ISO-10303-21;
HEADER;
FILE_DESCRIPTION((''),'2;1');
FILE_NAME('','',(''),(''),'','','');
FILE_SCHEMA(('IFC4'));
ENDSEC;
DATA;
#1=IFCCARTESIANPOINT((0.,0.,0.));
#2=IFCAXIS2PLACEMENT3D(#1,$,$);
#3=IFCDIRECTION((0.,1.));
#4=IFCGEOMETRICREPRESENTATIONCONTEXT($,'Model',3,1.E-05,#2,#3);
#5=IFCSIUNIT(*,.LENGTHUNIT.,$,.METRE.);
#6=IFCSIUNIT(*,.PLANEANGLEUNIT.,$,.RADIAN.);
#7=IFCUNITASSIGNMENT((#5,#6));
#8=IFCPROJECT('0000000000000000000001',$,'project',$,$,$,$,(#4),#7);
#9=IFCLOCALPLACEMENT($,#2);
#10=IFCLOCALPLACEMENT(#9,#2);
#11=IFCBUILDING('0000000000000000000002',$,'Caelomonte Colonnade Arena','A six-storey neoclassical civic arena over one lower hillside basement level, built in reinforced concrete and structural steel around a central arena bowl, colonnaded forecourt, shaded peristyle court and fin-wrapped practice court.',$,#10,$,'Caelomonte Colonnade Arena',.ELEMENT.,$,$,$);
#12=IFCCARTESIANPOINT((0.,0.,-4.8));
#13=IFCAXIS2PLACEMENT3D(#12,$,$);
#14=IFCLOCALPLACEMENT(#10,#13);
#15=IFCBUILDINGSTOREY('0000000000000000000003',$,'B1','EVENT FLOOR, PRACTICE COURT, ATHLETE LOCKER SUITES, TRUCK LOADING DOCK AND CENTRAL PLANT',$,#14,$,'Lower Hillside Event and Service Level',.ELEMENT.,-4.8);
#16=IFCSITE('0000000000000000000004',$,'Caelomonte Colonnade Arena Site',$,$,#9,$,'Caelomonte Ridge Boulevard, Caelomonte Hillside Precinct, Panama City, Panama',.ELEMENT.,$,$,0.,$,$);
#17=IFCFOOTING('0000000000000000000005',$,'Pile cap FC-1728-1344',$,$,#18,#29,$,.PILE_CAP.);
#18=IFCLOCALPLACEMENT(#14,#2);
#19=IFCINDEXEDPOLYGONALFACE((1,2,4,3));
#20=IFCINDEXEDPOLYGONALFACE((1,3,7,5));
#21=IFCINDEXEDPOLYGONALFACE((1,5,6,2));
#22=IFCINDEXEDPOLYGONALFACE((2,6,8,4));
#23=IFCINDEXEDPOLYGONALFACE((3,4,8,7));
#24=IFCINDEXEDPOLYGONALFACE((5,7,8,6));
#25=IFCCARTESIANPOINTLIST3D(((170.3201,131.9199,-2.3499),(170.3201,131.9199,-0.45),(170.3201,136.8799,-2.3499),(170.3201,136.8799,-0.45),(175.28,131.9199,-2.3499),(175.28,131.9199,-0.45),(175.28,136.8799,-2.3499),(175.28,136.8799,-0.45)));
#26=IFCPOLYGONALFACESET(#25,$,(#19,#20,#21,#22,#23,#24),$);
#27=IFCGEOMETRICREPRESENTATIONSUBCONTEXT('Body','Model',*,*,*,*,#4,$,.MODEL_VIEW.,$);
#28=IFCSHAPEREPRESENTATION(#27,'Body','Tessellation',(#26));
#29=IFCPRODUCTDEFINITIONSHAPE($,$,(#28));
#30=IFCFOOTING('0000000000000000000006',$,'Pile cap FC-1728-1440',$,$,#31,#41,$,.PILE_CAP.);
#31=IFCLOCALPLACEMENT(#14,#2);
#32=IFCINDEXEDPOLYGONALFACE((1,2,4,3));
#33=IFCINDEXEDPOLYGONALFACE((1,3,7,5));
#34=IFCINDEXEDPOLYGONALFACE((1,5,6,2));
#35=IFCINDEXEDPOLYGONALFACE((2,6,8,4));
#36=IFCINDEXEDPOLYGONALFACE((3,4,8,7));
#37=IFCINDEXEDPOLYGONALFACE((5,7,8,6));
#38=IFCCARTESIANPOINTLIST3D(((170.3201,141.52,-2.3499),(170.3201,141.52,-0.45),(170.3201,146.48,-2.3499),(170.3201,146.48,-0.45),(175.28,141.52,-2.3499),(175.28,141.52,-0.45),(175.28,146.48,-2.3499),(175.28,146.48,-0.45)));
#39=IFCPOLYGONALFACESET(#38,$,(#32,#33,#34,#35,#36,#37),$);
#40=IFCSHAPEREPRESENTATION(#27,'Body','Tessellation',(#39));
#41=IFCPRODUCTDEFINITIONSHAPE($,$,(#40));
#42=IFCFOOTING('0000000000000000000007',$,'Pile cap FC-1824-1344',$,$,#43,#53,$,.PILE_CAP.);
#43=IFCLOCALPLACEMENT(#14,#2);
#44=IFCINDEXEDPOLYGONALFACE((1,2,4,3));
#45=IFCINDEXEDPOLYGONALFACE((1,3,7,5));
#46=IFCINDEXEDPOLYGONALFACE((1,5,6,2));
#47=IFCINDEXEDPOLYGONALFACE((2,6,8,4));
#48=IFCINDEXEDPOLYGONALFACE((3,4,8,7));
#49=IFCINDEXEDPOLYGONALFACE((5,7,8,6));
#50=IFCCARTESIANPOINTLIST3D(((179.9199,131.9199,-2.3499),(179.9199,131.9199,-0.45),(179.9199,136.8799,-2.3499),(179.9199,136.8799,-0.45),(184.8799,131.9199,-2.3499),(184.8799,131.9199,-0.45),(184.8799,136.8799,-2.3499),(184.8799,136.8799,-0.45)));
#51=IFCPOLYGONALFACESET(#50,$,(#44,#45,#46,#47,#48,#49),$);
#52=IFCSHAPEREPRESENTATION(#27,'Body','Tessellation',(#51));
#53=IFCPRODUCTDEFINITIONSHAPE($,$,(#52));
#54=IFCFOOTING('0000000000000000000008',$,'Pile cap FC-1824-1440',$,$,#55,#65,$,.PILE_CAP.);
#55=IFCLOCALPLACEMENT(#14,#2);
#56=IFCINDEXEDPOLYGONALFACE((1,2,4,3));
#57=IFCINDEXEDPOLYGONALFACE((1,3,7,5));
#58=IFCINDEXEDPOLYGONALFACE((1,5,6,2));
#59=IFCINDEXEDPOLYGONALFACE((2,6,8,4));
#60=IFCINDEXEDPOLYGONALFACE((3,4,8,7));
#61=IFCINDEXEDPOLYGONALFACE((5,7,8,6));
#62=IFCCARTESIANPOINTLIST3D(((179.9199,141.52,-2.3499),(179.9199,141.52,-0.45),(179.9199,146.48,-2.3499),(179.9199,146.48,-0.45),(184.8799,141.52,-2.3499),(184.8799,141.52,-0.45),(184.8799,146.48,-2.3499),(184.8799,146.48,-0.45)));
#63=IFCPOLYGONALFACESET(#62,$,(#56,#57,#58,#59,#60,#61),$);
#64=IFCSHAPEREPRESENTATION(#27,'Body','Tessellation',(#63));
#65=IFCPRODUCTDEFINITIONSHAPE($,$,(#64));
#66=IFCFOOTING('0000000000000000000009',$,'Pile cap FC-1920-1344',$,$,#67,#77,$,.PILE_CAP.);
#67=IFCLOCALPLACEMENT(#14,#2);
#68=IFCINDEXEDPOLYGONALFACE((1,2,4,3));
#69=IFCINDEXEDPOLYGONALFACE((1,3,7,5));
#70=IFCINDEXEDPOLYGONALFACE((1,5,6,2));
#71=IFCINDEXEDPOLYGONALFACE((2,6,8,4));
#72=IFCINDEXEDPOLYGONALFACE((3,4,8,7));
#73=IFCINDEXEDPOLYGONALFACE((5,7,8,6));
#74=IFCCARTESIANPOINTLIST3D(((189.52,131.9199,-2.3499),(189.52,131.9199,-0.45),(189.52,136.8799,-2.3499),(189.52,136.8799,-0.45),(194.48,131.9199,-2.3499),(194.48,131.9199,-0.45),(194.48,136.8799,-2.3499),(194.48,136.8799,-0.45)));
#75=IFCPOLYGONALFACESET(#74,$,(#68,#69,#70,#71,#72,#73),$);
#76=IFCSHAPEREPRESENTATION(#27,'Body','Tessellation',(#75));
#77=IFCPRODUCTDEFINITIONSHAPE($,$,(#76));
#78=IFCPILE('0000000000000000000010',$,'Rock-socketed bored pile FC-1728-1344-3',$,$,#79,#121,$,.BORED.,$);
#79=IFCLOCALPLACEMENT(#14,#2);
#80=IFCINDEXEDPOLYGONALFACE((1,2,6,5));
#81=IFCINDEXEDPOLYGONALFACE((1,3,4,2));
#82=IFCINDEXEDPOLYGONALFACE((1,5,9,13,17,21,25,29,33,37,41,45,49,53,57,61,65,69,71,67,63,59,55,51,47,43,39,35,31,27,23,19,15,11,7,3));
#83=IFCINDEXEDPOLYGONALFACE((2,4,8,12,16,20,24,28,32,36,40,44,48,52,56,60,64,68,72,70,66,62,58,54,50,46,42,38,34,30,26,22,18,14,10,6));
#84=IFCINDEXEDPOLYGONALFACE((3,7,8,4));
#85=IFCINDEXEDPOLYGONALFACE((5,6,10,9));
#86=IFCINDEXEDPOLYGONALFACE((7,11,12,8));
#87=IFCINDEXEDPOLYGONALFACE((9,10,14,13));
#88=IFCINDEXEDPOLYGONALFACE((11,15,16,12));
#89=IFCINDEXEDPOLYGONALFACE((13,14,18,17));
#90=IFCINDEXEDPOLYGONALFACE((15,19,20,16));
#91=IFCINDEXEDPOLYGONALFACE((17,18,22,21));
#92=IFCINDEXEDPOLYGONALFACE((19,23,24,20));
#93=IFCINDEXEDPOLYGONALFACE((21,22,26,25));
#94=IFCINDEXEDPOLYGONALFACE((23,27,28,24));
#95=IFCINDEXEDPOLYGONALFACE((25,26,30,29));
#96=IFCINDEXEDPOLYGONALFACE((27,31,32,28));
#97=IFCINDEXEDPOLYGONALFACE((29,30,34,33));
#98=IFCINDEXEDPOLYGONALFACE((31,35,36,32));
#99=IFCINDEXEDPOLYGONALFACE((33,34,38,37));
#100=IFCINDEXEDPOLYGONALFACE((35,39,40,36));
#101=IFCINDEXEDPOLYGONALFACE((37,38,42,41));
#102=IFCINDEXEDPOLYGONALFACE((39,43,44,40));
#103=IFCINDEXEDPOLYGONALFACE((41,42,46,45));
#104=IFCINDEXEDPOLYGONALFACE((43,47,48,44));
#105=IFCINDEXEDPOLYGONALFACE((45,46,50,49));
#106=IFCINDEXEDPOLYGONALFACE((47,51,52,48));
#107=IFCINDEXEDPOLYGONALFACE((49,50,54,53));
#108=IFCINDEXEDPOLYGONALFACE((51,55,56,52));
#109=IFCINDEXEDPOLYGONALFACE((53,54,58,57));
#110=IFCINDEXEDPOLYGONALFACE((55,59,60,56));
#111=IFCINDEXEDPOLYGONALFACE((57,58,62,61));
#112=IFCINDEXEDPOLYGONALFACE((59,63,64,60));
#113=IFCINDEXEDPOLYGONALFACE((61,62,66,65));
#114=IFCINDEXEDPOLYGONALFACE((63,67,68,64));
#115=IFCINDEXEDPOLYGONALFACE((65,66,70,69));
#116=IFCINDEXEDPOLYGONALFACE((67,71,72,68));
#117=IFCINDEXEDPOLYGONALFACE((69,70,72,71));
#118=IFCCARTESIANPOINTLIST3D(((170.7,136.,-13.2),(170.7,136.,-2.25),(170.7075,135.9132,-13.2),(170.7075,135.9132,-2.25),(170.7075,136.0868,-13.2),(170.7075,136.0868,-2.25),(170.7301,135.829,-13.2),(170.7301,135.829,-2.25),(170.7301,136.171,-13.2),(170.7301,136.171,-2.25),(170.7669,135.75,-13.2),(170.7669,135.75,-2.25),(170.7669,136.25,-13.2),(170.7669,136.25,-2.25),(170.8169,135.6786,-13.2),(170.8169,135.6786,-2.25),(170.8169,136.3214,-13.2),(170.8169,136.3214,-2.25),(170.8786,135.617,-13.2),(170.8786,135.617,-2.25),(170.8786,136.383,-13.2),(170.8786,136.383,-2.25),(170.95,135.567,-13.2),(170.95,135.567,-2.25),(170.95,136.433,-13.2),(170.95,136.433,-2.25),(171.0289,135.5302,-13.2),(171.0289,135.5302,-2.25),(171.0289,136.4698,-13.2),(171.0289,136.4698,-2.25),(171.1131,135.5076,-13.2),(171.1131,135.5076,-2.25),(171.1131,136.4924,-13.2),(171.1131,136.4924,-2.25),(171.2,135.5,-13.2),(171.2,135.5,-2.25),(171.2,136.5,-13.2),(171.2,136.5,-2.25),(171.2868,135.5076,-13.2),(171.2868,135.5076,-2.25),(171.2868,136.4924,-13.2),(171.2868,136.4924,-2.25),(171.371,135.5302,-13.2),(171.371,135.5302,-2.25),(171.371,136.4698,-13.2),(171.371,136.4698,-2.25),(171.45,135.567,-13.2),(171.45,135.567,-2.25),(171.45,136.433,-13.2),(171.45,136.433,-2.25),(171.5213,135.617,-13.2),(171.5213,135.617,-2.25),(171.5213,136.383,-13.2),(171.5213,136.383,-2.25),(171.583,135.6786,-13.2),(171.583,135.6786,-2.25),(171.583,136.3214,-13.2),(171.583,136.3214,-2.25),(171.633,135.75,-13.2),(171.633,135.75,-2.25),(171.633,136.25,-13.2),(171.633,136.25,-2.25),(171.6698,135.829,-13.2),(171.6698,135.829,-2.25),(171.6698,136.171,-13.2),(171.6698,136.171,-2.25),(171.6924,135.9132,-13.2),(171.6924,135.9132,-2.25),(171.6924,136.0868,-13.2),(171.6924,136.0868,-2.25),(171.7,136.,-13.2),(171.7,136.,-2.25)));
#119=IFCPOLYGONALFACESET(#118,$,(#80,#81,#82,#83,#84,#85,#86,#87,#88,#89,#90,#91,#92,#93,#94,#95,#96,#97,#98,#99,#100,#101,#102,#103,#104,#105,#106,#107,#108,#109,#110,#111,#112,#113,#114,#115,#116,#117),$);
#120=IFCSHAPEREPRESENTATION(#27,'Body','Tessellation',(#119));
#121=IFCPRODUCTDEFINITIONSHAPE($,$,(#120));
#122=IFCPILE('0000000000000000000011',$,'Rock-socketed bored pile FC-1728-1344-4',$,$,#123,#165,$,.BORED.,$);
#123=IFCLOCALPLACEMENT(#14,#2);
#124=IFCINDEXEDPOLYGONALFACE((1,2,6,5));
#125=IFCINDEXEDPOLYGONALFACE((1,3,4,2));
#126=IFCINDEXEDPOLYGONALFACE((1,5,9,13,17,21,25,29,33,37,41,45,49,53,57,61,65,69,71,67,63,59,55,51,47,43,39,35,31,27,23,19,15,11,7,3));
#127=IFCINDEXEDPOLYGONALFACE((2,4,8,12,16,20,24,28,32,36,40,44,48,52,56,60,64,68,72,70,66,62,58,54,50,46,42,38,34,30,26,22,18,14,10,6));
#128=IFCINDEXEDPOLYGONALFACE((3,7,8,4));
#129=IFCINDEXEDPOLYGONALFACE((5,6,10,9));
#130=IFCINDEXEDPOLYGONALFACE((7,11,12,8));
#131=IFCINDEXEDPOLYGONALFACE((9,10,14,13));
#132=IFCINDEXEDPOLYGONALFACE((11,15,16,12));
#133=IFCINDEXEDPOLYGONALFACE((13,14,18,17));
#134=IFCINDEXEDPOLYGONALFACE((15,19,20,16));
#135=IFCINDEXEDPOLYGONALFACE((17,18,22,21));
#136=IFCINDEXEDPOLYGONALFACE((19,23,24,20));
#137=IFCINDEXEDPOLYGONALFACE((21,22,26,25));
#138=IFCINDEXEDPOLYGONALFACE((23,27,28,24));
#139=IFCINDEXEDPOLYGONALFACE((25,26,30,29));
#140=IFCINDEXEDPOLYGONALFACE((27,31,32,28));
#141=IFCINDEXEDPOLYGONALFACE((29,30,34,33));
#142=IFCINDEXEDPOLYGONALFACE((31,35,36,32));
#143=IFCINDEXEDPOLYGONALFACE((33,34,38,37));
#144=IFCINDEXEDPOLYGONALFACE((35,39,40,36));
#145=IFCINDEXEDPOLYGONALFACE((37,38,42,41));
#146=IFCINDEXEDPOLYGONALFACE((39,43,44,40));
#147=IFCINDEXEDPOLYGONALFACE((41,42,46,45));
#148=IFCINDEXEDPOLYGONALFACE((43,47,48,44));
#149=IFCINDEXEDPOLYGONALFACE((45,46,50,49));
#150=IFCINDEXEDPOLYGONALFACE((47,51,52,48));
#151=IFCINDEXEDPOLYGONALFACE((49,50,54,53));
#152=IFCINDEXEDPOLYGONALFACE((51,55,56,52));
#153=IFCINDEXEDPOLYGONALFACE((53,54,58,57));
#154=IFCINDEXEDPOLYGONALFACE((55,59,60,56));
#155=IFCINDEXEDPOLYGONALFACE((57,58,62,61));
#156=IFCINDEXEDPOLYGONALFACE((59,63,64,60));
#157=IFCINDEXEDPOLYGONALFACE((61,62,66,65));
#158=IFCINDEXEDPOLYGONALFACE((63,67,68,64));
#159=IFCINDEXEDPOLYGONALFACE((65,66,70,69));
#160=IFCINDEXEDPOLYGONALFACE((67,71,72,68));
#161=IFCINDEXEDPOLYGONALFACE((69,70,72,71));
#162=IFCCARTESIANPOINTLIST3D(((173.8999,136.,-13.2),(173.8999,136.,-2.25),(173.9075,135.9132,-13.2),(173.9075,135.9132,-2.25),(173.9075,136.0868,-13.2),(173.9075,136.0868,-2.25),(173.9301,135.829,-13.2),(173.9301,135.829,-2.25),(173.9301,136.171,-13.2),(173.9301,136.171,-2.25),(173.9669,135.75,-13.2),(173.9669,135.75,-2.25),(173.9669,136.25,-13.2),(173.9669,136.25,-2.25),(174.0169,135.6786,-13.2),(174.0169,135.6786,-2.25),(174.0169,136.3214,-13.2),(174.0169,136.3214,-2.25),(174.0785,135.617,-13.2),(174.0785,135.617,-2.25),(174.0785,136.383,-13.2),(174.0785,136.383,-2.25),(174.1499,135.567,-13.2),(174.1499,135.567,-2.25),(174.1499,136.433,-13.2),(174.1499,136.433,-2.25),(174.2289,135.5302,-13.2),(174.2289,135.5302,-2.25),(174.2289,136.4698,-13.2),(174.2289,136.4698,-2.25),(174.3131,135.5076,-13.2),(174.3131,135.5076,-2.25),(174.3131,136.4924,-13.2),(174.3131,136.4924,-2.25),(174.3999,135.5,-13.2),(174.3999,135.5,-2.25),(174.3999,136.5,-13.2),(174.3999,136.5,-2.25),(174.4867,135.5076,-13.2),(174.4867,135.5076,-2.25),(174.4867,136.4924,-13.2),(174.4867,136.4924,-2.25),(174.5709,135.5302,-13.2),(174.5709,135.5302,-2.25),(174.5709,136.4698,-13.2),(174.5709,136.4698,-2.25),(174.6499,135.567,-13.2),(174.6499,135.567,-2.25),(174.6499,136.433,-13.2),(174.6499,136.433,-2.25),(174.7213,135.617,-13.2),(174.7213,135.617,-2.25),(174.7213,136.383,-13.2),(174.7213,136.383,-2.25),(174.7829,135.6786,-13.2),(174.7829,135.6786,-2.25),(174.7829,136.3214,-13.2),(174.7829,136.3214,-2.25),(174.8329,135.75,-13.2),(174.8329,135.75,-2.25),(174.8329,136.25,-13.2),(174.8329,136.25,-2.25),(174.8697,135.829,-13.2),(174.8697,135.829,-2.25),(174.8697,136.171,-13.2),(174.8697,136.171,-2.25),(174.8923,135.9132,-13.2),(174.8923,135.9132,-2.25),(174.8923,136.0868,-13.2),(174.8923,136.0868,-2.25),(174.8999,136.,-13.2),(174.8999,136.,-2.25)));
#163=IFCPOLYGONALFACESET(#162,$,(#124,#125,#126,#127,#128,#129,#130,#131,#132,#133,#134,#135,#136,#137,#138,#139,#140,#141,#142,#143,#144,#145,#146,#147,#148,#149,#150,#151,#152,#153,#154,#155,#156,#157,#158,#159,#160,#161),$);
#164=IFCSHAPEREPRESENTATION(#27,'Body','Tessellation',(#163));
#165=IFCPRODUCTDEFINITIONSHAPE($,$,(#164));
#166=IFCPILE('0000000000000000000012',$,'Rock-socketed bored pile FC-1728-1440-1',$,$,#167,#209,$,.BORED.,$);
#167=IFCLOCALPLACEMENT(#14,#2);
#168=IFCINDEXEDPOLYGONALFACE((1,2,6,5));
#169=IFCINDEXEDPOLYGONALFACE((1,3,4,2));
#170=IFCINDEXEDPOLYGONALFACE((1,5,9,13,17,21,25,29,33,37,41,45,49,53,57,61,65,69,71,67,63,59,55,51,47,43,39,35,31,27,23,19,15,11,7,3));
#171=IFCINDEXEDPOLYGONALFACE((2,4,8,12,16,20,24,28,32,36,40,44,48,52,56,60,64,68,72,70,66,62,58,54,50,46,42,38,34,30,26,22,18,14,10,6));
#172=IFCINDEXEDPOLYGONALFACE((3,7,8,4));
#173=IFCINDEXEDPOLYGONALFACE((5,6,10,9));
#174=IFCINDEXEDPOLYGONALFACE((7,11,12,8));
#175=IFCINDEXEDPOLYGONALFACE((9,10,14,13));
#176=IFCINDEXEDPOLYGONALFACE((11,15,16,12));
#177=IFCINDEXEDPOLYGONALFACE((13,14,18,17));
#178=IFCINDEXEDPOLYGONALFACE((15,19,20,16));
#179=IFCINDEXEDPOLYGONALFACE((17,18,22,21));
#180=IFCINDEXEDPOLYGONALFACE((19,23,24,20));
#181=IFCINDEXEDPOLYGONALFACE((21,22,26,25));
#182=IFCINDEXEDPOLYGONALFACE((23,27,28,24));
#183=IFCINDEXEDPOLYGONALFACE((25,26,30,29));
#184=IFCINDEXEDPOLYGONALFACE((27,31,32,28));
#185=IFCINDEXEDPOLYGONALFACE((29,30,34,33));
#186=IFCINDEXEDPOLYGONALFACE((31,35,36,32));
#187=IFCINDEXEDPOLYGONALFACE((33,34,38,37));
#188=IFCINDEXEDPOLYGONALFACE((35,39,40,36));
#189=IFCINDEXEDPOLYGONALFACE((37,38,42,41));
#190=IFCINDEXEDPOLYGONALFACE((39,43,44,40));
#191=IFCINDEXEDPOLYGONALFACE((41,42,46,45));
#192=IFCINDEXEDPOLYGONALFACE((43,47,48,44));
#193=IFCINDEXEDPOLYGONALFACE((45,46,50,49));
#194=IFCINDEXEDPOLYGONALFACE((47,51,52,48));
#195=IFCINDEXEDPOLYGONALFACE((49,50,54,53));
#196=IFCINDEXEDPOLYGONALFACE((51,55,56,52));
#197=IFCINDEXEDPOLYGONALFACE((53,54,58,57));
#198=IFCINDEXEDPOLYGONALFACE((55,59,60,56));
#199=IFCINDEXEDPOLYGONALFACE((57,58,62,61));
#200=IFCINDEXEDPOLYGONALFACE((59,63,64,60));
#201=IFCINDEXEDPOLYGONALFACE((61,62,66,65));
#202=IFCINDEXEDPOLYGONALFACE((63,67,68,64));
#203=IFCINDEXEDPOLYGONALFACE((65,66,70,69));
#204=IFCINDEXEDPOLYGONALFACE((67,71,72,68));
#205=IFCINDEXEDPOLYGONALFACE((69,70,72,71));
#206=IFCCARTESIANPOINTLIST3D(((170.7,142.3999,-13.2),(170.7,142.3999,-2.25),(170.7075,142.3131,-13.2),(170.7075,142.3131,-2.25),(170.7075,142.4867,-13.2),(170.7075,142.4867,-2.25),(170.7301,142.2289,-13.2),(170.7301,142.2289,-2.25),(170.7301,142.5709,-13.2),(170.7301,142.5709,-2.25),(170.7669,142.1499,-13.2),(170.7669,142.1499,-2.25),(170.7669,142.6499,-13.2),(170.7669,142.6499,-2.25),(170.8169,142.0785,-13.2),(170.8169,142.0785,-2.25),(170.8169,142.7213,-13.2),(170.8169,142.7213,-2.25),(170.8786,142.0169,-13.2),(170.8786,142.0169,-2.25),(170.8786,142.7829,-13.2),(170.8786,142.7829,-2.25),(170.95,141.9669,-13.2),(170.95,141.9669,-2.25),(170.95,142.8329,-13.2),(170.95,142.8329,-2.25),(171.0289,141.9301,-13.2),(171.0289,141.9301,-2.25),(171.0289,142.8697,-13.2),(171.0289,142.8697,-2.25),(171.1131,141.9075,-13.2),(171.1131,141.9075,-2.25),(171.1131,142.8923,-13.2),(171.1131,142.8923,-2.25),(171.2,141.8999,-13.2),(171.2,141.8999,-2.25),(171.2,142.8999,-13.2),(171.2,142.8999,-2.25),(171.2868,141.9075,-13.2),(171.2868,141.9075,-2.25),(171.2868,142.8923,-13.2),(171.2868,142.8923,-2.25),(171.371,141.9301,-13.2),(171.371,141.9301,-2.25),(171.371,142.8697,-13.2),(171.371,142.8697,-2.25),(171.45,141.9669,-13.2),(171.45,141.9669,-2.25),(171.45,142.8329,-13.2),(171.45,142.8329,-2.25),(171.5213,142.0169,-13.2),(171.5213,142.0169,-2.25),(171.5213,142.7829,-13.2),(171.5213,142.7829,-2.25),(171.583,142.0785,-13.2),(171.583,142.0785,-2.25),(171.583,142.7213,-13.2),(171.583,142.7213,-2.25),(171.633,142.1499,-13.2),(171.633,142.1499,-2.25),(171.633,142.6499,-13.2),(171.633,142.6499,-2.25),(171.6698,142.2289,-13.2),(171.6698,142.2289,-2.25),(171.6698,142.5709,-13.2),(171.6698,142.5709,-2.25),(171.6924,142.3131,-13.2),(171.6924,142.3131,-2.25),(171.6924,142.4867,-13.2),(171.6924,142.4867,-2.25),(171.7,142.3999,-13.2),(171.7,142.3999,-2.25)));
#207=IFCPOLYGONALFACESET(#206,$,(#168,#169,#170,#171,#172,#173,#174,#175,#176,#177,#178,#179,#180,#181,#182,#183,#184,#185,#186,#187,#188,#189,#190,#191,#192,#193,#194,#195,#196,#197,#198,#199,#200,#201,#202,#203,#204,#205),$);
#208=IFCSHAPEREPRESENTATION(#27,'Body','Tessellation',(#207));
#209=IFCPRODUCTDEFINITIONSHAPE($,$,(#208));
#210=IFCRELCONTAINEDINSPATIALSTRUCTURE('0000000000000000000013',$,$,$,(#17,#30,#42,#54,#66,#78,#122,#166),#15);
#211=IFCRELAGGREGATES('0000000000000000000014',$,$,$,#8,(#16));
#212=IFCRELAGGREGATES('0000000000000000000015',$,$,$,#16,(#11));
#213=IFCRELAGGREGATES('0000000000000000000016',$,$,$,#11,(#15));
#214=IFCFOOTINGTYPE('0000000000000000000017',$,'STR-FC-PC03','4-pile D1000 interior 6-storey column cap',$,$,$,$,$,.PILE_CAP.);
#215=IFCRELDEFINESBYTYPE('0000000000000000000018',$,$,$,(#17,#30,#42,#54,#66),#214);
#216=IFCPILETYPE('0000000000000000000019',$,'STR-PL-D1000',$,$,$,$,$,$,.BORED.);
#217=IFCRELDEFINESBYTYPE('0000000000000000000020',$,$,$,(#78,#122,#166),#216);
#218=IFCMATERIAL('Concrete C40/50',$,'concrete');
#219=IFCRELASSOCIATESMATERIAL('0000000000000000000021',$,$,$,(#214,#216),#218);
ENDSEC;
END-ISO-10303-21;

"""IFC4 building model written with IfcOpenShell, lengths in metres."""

from ifc_helpers import new_model, si_unit, direction, frame, origin, origin_2d, place, context, subcontext, project, spatial, rectangle, circle, extrude, material, material_profile, profile_set, type_object, element, save


model = new_model("IFC4")

# Units and contexts
model_context = context("Model", 3, precision=1e-05, world=origin(), true_north=direction((0.0, 1.0)))
body_context = subcontext(model_context, "Body", "Model", "MODEL_VIEW")
ifc_project = project(units=[si_unit("LENGTHUNIT", "METRE"), si_unit("PLANEANGLEUNIT", "RADIAN")], contexts=[model_context])

# Site, building, storey
site_placement = place(None, origin())
site = spatial("IfcSite", under=ifc_project, at=site_placement, Name="Caelomonte Colonnade Arena Site", LongName="Caelomonte Ridge Boulevard, Caelomonte Hillside Precinct, Panama City, Panama", CompositionType="ELEMENT", RefElevation=0.0)
building_placement = place(site_placement, origin())
building = spatial("IfcBuilding", under=site, at=building_placement, Name="Caelomonte Colonnade Arena", Description="A six-storey neoclassical civic arena over one lower hillside basement level, built in reinforced concrete and structural steel around a central arena bowl, colonnaded forecourt, shaded peristyle court and fin-wrapped practice court.", LongName="Caelomonte Colonnade Arena", CompositionType="ELEMENT")
storey_placement = place(building_placement, frame((0.0, 0.0, -4.8)))
storey = spatial("IfcBuildingStorey", under=building, at=storey_placement, Name="B1", Description="EVENT FLOOR, PRACTICE COURT, ATHLETE LOCKER SUITES, TRUCK LOADING DOCK AND CENTRAL PLANT", LongName="Lower Hillside Event and Service Level", CompositionType="ELEMENT", Elevation=-4.8)

# Footings
ifc_material_1 = material(Name="Concrete C40/50", Category="concrete")
footing_type = type_object("IfcFootingType", Name="STR-FC-PC03", Description="4-pile D1000 interior 6-storey column cap", PredefinedType="PILE_CAP", material=ifc_material_1)
for number, where, z_axis, x_axis, name in (
    (1, (172.8, 134.3999, -2.3499), (0.0, 0.0, 1.0), (1.0, 0.0, 0.0), "Pile cap FC-1728-1344"),
    (2, (172.8, 144.0, -2.3499), (0.0, 0.0, 1.0), (1.0, 0.0, 0.0), "Pile cap FC-1728-1440"),
    (3, (182.3999, 134.3999, -2.3499), (0.0, 0.0, 1.0), (1.0, 0.0, 0.0), "Pile cap FC-1824-1344"),
    (4, (182.3999, 144.0, -2.3499), (0.0, 0.0, 1.0), (1.0, 0.0, 0.0), "Pile cap FC-1824-1440"),
    (5, (192.0, 134.3999, -2.3499), (0.0, 0.0, 1.0), (1.0, 0.0, 0.0), "Pile cap FC-1920-1344"),
):
    element("IfcFooting", number, at=place(storey_placement, frame(where, z_axis=z_axis, x_axis=x_axis)), inside=storey, type_object=footing_type, Name=name, PredefinedType="PILE_CAP", context=body_context, shape_type="SweptSolid", body=[
        extrude(rectangle(XDim=4.96, YDim=4.96, at=origin_2d()), origin(), (0.0, 0.0, 1.0), 1.8999),
    ])

# Piles
ifc_material_profile_1 = material_profile(ifc_material_1, circle(Radius=0.5, at=origin_2d()), Name="PILE-D1000")
ifc_profile_set_1 = profile_set([ifc_material_profile_1], Name="Concrete C40/50")
pile_type = type_object("IfcPileType", Name="STR-PL-D1000", PredefinedType="BORED", material=ifc_profile_set_1)
for number, where, z_axis, x_axis, name in (
    (6, (171.2, 136.0, -2.25), (0.0, 0.0, -1.0), (1.0, 0.0, 0.0), "Rock-socketed bored pile FC-1728-1344-3"),
    (7, (174.3999, 136.0, -2.25), (0.0, 0.0, -1.0), (1.0, 0.0, 0.0), "Rock-socketed bored pile FC-1728-1344-4"),
    (8, (171.2, 142.3999, -2.25), (0.0, 0.0, -1.0), (1.0, 0.0, 0.0), "Rock-socketed bored pile FC-1728-1440-1"),
):
    element("IfcPile", number, at=place(storey_placement, frame(where, z_axis=z_axis, x_axis=x_axis)), inside=storey, type_object=pile_type, Name=name, PredefinedType="BORED", context=body_context, shape_type="SweptSolid", body=[
        extrude(circle(Radius=0.5, at=origin_2d()), origin(), (0.0, 0.0, 1.0), 10.95),
    ])

save(model, "model.ifc")
